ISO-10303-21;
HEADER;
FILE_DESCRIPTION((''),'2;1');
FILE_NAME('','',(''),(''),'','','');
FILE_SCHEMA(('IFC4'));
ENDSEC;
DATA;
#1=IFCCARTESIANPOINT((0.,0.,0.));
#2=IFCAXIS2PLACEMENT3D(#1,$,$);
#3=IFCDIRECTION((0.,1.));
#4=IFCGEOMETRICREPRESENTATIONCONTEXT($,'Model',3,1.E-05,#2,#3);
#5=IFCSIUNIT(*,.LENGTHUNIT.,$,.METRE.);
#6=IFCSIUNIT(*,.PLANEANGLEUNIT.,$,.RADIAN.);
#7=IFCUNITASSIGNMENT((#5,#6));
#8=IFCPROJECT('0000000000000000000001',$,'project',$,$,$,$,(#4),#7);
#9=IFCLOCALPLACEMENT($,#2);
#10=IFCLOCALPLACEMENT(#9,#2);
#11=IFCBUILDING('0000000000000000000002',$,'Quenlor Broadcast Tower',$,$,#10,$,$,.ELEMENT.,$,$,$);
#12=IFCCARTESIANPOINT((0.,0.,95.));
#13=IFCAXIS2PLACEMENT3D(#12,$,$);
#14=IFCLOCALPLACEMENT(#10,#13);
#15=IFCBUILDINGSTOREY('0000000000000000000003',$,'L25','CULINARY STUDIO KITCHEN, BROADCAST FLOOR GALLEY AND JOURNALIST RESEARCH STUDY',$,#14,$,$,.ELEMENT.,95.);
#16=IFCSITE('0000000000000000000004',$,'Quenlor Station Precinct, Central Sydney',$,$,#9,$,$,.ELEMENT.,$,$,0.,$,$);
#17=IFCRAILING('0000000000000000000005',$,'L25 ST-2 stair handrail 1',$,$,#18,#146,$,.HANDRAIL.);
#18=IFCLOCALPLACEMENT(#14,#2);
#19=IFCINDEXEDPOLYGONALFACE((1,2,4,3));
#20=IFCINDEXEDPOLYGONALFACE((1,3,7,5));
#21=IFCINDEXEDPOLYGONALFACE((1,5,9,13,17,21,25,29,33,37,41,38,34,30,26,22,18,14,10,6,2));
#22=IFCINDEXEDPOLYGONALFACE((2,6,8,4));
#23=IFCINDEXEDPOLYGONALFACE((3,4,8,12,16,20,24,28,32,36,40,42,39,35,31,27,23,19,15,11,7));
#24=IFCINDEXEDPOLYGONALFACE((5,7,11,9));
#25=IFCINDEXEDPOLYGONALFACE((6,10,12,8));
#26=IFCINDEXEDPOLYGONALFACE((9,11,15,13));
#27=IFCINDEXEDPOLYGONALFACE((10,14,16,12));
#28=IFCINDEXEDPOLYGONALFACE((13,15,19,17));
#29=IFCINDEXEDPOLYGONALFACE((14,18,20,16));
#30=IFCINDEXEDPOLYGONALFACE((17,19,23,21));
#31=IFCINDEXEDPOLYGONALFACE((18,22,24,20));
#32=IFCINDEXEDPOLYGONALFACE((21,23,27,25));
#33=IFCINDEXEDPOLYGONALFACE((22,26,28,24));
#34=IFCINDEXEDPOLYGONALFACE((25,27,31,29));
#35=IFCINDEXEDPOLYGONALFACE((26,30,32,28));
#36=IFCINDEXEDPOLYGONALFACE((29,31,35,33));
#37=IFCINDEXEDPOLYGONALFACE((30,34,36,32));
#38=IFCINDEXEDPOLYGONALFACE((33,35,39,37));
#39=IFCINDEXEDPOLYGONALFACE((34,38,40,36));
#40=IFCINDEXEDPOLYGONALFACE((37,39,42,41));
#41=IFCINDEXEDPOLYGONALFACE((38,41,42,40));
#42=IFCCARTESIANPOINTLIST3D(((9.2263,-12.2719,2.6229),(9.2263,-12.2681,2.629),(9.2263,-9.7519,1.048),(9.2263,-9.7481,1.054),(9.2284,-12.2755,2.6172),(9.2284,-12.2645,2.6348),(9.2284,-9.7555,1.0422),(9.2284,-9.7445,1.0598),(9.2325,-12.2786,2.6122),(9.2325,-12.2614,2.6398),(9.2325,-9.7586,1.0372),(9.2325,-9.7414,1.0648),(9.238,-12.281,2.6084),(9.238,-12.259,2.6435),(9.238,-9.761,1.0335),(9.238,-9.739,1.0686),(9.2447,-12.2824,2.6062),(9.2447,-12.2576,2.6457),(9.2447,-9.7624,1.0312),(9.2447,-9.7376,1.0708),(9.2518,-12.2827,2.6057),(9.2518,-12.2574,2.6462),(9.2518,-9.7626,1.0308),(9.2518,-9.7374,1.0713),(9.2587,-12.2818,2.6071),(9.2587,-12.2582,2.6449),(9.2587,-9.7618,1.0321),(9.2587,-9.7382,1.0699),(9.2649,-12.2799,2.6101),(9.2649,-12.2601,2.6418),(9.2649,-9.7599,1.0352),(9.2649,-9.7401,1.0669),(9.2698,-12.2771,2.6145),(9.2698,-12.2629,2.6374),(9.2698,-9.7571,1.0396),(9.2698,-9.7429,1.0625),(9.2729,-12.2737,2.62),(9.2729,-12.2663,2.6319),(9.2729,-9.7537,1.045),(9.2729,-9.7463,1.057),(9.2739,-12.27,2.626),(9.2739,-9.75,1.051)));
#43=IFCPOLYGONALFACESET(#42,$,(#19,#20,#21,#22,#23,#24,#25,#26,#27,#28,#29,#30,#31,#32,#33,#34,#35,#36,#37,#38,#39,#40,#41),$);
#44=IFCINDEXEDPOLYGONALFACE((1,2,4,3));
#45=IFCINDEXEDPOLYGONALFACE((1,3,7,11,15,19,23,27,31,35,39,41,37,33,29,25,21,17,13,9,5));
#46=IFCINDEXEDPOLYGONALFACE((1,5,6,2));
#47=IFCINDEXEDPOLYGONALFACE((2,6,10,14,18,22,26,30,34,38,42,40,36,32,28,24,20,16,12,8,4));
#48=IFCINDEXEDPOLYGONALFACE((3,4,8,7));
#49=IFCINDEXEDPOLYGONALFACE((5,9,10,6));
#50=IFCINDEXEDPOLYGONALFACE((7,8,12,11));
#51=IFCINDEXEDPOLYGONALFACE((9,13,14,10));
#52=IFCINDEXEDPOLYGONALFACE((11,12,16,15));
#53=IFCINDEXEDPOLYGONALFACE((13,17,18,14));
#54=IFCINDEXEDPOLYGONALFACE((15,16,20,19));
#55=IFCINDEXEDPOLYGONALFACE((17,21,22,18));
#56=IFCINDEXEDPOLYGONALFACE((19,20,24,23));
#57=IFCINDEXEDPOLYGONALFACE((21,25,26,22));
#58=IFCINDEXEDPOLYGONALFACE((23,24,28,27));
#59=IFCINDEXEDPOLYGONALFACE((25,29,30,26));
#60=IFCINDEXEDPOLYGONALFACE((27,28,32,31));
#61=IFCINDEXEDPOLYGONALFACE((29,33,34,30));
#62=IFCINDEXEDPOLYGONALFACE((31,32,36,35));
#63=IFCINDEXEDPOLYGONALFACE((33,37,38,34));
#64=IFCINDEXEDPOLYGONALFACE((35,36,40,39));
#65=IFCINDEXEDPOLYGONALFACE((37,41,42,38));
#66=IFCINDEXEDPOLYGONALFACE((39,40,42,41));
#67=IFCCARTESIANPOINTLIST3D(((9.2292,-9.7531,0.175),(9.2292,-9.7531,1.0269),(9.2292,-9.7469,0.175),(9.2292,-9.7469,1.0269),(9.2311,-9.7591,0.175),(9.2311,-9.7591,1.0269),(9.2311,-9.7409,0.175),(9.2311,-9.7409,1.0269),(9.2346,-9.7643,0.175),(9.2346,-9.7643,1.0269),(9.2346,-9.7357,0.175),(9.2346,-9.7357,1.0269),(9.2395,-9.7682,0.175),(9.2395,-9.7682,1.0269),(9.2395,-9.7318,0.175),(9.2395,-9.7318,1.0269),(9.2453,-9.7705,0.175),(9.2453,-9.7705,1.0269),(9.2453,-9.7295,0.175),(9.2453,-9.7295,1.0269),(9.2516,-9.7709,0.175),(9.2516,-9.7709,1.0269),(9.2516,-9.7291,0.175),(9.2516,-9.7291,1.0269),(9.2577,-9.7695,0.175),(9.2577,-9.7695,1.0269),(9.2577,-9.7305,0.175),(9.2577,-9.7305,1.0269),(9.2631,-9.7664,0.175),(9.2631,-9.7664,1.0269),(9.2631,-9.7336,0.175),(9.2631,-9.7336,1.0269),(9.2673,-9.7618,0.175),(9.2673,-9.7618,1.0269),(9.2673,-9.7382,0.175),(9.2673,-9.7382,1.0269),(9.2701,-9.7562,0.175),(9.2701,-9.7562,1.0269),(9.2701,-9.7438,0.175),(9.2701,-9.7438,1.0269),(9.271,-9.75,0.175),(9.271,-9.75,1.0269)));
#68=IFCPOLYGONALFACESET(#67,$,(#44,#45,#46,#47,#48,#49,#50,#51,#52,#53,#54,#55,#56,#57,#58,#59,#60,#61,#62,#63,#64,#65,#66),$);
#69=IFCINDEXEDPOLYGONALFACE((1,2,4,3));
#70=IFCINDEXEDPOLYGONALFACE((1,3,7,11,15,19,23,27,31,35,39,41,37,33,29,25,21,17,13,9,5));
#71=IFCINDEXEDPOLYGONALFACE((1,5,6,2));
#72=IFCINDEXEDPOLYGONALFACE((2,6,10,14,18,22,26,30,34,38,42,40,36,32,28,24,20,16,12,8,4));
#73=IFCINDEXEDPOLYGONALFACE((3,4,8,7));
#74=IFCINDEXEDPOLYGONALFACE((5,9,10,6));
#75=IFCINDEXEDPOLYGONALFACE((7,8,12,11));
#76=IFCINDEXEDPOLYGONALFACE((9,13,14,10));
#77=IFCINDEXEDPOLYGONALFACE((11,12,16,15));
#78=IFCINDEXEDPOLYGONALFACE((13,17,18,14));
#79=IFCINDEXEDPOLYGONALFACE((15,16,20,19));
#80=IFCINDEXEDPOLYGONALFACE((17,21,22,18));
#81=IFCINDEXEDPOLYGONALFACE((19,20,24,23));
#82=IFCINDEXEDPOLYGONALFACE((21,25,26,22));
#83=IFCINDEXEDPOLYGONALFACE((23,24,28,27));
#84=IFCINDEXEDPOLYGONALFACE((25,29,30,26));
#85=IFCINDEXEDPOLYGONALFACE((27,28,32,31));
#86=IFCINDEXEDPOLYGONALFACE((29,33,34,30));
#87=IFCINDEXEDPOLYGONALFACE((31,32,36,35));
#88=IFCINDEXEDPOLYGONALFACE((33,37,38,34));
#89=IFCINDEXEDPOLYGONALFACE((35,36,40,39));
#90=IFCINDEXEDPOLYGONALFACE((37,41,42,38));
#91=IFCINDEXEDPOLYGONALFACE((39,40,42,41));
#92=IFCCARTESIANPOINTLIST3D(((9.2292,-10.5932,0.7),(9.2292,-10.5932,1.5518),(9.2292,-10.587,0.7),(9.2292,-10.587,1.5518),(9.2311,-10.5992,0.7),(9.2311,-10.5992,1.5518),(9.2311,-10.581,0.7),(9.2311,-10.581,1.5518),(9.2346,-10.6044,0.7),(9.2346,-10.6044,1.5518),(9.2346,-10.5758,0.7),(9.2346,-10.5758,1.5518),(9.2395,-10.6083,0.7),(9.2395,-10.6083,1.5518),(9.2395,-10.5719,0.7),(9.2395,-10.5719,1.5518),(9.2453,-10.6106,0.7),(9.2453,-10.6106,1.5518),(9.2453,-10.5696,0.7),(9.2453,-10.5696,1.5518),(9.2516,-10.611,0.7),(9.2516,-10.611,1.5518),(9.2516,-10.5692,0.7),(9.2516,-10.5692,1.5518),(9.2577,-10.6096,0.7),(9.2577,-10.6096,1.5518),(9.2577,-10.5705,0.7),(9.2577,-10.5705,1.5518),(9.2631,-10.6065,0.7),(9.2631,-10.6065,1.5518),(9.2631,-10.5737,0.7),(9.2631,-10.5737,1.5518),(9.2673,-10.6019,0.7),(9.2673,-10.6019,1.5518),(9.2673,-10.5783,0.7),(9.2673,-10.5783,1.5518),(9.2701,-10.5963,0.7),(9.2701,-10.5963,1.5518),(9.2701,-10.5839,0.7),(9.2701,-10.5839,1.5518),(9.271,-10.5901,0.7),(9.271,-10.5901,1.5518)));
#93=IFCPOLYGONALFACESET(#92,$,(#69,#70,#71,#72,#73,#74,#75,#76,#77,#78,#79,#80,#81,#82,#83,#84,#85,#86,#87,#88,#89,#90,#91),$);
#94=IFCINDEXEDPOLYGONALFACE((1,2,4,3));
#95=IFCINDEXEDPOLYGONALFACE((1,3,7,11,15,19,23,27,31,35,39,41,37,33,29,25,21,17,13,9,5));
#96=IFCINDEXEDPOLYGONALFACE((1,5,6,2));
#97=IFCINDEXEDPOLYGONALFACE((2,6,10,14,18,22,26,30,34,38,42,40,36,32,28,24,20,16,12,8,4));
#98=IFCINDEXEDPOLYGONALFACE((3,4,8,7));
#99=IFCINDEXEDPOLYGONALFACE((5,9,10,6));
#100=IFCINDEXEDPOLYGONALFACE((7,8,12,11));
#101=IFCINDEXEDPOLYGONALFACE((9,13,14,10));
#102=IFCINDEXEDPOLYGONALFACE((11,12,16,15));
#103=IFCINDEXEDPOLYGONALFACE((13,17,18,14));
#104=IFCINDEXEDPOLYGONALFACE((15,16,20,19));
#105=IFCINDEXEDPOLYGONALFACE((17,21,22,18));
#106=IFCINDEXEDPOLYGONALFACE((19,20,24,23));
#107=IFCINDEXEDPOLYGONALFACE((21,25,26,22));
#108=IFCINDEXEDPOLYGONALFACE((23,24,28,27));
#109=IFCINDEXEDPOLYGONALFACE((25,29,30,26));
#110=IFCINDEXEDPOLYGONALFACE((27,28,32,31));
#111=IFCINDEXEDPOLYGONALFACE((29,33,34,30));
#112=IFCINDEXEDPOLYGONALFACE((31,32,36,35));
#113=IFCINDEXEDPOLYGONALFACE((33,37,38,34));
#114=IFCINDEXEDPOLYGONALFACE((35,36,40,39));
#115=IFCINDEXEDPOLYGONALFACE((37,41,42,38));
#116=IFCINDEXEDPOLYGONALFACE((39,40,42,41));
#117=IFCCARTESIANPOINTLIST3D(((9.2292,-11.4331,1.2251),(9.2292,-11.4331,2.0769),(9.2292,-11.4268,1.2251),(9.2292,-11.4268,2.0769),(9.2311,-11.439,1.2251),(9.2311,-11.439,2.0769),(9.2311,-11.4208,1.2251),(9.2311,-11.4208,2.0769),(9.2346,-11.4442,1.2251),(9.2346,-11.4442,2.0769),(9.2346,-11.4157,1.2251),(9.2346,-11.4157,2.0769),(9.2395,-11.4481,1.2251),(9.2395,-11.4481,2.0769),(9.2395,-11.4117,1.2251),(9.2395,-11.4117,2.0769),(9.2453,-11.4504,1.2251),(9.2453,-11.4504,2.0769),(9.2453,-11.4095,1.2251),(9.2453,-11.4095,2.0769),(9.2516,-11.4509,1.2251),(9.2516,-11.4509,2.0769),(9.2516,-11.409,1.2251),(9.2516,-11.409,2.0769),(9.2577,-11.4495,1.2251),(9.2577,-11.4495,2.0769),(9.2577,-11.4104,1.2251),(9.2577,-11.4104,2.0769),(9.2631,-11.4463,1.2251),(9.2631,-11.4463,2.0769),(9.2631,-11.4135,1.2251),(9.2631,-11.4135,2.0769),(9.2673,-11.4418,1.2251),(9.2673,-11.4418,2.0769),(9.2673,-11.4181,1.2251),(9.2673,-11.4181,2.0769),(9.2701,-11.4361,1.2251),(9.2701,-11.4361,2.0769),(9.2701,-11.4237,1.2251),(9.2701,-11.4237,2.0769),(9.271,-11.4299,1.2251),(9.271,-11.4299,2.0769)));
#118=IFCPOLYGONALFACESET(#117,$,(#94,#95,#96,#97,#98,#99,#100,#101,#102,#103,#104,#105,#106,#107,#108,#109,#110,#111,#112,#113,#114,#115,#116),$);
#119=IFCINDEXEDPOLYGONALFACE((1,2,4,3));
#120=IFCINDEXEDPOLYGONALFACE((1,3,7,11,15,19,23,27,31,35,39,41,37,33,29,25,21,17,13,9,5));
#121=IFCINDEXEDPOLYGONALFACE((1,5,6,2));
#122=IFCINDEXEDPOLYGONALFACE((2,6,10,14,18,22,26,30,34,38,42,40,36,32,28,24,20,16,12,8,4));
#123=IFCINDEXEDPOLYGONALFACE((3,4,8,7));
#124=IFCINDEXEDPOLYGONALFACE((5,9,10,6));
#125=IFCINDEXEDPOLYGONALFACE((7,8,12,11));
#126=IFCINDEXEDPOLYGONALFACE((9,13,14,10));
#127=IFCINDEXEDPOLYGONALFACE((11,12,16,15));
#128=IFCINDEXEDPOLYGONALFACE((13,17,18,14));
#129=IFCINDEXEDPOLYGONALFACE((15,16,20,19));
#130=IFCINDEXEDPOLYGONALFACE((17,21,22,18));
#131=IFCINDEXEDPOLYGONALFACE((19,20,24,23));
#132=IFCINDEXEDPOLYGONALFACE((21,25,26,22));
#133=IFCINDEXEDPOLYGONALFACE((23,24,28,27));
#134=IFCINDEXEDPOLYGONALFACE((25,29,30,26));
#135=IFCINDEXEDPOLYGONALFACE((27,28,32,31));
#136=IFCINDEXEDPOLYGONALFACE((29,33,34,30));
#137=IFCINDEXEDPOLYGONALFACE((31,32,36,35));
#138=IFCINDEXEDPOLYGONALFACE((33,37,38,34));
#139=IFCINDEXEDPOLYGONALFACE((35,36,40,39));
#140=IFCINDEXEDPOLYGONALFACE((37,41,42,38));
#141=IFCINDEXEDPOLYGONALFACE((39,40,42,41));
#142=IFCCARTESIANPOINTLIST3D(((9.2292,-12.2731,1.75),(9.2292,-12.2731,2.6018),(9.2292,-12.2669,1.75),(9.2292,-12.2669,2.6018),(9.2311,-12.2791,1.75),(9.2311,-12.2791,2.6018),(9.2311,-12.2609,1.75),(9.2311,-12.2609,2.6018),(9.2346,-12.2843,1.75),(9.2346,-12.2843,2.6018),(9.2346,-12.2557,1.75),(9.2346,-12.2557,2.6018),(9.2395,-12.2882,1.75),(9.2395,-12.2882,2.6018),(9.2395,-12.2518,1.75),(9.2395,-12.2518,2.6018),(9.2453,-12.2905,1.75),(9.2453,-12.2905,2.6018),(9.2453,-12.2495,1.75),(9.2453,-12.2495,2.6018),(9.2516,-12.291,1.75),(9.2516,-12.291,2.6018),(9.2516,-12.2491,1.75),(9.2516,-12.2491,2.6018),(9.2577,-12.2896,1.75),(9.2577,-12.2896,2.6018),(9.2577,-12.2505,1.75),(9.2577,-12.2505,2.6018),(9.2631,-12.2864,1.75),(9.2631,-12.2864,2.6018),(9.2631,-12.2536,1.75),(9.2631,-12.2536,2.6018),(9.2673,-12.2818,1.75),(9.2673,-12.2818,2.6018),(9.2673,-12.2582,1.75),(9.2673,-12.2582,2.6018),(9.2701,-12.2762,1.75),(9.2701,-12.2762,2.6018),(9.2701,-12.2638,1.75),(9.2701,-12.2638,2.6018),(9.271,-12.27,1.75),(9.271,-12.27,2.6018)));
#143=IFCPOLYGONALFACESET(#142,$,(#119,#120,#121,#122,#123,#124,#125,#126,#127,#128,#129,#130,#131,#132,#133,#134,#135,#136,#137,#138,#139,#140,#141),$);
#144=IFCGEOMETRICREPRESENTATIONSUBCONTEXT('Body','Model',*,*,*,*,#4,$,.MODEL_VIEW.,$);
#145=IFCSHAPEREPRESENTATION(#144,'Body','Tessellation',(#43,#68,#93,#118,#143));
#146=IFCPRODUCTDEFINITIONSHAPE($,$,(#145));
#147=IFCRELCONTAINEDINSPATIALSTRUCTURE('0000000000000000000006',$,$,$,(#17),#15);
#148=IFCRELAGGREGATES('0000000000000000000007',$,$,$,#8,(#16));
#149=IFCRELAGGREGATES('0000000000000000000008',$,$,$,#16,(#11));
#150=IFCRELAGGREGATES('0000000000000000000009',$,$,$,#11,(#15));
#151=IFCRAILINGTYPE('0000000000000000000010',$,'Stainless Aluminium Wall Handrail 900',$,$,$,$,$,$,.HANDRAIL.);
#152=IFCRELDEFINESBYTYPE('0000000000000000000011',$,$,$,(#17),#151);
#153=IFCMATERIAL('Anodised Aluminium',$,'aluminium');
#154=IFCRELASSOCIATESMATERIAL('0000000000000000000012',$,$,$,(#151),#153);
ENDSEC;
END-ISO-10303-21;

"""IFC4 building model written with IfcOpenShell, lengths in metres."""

from ifc_helpers import new_model, si_unit, direction, frame, origin, origin_2d, place, context, subcontext, project, spatial, circle, extrude, material, type_object, element, save


model = new_model("IFC4")

# Units and contexts
model_context = context("Model", 3, precision=1e-05, world=origin(), true_north=direction((0.0, 1.0)))
body_context = subcontext(model_context, "Body", "Model", "MODEL_VIEW")
ifc_project = project(units=[si_unit("LENGTHUNIT", "METRE"), si_unit("PLANEANGLEUNIT", "RADIAN")], contexts=[model_context])

# Site, building, storey
site_placement = place(None, origin())
site = spatial("IfcSite", under=ifc_project, at=site_placement, Name="Quenlor Station Precinct, Central Sydney", CompositionType="ELEMENT", RefElevation=0.0)
building_placement = place(site_placement, origin())
building = spatial("IfcBuilding", under=site, at=building_placement, Name="Quenlor Broadcast Tower", CompositionType="ELEMENT")
storey_placement = place(building_placement, frame((0.0, 0.0, 95.0)))
storey = spatial("IfcBuildingStorey", under=building, at=storey_placement, Name="L25", Description="CULINARY STUDIO KITCHEN, BROADCAST FLOOR GALLEY AND JOURNALIST RESEARCH STUDY", CompositionType="ELEMENT", Elevation=95.0)

# Railing
ifc_material_1 = material(Name="Anodised Aluminium", Category="aluminium")
railing_type_1 = type_object("IfcRailingType", Name="Stainless Aluminium Wall Handrail 900", PredefinedType="HANDRAIL", material=ifc_material_1)
railing_1_placement = place(storey_placement, frame((9.25, -9.75, 0.175)))
element("IfcRailing", 1, at=railing_1_placement, inside=storey, type_object=railing_type_1, Name="L25 ST-2 stair handrail 1", PredefinedType="HANDRAIL", context=body_context, shape_type="SweptSolid", body=[
    extrude(circle(Radius=0.0239, at=origin_2d()), frame((0.0, 0.0, 0.876), z_axis=(0.0, -0.848008, 0.529984), x_axis=(1.0, 0.0, 0.0)), (0.0, 0.0, 1.0), 2.9717),
    extrude(circle(Radius=0.021, at=origin_2d()), origin(), (0.0, 0.0, 1.0), 0.8518),
    extrude(circle(Radius=0.021, at=origin_2d()), frame((0.0, -0.8401, 0.5249)), (0.0, 0.0, 1.0), 0.8518),
    extrude(circle(Radius=0.021, at=origin_2d()), frame((0.0, -1.6799, 1.05)), (0.0, 0.0, 1.0), 0.8518),
    extrude(circle(Radius=0.021, at=origin_2d()), frame((0.0, -2.52, 1.575)), (0.0, 0.0, 1.0), 0.8518),
])

save(model, "model.ifc")
